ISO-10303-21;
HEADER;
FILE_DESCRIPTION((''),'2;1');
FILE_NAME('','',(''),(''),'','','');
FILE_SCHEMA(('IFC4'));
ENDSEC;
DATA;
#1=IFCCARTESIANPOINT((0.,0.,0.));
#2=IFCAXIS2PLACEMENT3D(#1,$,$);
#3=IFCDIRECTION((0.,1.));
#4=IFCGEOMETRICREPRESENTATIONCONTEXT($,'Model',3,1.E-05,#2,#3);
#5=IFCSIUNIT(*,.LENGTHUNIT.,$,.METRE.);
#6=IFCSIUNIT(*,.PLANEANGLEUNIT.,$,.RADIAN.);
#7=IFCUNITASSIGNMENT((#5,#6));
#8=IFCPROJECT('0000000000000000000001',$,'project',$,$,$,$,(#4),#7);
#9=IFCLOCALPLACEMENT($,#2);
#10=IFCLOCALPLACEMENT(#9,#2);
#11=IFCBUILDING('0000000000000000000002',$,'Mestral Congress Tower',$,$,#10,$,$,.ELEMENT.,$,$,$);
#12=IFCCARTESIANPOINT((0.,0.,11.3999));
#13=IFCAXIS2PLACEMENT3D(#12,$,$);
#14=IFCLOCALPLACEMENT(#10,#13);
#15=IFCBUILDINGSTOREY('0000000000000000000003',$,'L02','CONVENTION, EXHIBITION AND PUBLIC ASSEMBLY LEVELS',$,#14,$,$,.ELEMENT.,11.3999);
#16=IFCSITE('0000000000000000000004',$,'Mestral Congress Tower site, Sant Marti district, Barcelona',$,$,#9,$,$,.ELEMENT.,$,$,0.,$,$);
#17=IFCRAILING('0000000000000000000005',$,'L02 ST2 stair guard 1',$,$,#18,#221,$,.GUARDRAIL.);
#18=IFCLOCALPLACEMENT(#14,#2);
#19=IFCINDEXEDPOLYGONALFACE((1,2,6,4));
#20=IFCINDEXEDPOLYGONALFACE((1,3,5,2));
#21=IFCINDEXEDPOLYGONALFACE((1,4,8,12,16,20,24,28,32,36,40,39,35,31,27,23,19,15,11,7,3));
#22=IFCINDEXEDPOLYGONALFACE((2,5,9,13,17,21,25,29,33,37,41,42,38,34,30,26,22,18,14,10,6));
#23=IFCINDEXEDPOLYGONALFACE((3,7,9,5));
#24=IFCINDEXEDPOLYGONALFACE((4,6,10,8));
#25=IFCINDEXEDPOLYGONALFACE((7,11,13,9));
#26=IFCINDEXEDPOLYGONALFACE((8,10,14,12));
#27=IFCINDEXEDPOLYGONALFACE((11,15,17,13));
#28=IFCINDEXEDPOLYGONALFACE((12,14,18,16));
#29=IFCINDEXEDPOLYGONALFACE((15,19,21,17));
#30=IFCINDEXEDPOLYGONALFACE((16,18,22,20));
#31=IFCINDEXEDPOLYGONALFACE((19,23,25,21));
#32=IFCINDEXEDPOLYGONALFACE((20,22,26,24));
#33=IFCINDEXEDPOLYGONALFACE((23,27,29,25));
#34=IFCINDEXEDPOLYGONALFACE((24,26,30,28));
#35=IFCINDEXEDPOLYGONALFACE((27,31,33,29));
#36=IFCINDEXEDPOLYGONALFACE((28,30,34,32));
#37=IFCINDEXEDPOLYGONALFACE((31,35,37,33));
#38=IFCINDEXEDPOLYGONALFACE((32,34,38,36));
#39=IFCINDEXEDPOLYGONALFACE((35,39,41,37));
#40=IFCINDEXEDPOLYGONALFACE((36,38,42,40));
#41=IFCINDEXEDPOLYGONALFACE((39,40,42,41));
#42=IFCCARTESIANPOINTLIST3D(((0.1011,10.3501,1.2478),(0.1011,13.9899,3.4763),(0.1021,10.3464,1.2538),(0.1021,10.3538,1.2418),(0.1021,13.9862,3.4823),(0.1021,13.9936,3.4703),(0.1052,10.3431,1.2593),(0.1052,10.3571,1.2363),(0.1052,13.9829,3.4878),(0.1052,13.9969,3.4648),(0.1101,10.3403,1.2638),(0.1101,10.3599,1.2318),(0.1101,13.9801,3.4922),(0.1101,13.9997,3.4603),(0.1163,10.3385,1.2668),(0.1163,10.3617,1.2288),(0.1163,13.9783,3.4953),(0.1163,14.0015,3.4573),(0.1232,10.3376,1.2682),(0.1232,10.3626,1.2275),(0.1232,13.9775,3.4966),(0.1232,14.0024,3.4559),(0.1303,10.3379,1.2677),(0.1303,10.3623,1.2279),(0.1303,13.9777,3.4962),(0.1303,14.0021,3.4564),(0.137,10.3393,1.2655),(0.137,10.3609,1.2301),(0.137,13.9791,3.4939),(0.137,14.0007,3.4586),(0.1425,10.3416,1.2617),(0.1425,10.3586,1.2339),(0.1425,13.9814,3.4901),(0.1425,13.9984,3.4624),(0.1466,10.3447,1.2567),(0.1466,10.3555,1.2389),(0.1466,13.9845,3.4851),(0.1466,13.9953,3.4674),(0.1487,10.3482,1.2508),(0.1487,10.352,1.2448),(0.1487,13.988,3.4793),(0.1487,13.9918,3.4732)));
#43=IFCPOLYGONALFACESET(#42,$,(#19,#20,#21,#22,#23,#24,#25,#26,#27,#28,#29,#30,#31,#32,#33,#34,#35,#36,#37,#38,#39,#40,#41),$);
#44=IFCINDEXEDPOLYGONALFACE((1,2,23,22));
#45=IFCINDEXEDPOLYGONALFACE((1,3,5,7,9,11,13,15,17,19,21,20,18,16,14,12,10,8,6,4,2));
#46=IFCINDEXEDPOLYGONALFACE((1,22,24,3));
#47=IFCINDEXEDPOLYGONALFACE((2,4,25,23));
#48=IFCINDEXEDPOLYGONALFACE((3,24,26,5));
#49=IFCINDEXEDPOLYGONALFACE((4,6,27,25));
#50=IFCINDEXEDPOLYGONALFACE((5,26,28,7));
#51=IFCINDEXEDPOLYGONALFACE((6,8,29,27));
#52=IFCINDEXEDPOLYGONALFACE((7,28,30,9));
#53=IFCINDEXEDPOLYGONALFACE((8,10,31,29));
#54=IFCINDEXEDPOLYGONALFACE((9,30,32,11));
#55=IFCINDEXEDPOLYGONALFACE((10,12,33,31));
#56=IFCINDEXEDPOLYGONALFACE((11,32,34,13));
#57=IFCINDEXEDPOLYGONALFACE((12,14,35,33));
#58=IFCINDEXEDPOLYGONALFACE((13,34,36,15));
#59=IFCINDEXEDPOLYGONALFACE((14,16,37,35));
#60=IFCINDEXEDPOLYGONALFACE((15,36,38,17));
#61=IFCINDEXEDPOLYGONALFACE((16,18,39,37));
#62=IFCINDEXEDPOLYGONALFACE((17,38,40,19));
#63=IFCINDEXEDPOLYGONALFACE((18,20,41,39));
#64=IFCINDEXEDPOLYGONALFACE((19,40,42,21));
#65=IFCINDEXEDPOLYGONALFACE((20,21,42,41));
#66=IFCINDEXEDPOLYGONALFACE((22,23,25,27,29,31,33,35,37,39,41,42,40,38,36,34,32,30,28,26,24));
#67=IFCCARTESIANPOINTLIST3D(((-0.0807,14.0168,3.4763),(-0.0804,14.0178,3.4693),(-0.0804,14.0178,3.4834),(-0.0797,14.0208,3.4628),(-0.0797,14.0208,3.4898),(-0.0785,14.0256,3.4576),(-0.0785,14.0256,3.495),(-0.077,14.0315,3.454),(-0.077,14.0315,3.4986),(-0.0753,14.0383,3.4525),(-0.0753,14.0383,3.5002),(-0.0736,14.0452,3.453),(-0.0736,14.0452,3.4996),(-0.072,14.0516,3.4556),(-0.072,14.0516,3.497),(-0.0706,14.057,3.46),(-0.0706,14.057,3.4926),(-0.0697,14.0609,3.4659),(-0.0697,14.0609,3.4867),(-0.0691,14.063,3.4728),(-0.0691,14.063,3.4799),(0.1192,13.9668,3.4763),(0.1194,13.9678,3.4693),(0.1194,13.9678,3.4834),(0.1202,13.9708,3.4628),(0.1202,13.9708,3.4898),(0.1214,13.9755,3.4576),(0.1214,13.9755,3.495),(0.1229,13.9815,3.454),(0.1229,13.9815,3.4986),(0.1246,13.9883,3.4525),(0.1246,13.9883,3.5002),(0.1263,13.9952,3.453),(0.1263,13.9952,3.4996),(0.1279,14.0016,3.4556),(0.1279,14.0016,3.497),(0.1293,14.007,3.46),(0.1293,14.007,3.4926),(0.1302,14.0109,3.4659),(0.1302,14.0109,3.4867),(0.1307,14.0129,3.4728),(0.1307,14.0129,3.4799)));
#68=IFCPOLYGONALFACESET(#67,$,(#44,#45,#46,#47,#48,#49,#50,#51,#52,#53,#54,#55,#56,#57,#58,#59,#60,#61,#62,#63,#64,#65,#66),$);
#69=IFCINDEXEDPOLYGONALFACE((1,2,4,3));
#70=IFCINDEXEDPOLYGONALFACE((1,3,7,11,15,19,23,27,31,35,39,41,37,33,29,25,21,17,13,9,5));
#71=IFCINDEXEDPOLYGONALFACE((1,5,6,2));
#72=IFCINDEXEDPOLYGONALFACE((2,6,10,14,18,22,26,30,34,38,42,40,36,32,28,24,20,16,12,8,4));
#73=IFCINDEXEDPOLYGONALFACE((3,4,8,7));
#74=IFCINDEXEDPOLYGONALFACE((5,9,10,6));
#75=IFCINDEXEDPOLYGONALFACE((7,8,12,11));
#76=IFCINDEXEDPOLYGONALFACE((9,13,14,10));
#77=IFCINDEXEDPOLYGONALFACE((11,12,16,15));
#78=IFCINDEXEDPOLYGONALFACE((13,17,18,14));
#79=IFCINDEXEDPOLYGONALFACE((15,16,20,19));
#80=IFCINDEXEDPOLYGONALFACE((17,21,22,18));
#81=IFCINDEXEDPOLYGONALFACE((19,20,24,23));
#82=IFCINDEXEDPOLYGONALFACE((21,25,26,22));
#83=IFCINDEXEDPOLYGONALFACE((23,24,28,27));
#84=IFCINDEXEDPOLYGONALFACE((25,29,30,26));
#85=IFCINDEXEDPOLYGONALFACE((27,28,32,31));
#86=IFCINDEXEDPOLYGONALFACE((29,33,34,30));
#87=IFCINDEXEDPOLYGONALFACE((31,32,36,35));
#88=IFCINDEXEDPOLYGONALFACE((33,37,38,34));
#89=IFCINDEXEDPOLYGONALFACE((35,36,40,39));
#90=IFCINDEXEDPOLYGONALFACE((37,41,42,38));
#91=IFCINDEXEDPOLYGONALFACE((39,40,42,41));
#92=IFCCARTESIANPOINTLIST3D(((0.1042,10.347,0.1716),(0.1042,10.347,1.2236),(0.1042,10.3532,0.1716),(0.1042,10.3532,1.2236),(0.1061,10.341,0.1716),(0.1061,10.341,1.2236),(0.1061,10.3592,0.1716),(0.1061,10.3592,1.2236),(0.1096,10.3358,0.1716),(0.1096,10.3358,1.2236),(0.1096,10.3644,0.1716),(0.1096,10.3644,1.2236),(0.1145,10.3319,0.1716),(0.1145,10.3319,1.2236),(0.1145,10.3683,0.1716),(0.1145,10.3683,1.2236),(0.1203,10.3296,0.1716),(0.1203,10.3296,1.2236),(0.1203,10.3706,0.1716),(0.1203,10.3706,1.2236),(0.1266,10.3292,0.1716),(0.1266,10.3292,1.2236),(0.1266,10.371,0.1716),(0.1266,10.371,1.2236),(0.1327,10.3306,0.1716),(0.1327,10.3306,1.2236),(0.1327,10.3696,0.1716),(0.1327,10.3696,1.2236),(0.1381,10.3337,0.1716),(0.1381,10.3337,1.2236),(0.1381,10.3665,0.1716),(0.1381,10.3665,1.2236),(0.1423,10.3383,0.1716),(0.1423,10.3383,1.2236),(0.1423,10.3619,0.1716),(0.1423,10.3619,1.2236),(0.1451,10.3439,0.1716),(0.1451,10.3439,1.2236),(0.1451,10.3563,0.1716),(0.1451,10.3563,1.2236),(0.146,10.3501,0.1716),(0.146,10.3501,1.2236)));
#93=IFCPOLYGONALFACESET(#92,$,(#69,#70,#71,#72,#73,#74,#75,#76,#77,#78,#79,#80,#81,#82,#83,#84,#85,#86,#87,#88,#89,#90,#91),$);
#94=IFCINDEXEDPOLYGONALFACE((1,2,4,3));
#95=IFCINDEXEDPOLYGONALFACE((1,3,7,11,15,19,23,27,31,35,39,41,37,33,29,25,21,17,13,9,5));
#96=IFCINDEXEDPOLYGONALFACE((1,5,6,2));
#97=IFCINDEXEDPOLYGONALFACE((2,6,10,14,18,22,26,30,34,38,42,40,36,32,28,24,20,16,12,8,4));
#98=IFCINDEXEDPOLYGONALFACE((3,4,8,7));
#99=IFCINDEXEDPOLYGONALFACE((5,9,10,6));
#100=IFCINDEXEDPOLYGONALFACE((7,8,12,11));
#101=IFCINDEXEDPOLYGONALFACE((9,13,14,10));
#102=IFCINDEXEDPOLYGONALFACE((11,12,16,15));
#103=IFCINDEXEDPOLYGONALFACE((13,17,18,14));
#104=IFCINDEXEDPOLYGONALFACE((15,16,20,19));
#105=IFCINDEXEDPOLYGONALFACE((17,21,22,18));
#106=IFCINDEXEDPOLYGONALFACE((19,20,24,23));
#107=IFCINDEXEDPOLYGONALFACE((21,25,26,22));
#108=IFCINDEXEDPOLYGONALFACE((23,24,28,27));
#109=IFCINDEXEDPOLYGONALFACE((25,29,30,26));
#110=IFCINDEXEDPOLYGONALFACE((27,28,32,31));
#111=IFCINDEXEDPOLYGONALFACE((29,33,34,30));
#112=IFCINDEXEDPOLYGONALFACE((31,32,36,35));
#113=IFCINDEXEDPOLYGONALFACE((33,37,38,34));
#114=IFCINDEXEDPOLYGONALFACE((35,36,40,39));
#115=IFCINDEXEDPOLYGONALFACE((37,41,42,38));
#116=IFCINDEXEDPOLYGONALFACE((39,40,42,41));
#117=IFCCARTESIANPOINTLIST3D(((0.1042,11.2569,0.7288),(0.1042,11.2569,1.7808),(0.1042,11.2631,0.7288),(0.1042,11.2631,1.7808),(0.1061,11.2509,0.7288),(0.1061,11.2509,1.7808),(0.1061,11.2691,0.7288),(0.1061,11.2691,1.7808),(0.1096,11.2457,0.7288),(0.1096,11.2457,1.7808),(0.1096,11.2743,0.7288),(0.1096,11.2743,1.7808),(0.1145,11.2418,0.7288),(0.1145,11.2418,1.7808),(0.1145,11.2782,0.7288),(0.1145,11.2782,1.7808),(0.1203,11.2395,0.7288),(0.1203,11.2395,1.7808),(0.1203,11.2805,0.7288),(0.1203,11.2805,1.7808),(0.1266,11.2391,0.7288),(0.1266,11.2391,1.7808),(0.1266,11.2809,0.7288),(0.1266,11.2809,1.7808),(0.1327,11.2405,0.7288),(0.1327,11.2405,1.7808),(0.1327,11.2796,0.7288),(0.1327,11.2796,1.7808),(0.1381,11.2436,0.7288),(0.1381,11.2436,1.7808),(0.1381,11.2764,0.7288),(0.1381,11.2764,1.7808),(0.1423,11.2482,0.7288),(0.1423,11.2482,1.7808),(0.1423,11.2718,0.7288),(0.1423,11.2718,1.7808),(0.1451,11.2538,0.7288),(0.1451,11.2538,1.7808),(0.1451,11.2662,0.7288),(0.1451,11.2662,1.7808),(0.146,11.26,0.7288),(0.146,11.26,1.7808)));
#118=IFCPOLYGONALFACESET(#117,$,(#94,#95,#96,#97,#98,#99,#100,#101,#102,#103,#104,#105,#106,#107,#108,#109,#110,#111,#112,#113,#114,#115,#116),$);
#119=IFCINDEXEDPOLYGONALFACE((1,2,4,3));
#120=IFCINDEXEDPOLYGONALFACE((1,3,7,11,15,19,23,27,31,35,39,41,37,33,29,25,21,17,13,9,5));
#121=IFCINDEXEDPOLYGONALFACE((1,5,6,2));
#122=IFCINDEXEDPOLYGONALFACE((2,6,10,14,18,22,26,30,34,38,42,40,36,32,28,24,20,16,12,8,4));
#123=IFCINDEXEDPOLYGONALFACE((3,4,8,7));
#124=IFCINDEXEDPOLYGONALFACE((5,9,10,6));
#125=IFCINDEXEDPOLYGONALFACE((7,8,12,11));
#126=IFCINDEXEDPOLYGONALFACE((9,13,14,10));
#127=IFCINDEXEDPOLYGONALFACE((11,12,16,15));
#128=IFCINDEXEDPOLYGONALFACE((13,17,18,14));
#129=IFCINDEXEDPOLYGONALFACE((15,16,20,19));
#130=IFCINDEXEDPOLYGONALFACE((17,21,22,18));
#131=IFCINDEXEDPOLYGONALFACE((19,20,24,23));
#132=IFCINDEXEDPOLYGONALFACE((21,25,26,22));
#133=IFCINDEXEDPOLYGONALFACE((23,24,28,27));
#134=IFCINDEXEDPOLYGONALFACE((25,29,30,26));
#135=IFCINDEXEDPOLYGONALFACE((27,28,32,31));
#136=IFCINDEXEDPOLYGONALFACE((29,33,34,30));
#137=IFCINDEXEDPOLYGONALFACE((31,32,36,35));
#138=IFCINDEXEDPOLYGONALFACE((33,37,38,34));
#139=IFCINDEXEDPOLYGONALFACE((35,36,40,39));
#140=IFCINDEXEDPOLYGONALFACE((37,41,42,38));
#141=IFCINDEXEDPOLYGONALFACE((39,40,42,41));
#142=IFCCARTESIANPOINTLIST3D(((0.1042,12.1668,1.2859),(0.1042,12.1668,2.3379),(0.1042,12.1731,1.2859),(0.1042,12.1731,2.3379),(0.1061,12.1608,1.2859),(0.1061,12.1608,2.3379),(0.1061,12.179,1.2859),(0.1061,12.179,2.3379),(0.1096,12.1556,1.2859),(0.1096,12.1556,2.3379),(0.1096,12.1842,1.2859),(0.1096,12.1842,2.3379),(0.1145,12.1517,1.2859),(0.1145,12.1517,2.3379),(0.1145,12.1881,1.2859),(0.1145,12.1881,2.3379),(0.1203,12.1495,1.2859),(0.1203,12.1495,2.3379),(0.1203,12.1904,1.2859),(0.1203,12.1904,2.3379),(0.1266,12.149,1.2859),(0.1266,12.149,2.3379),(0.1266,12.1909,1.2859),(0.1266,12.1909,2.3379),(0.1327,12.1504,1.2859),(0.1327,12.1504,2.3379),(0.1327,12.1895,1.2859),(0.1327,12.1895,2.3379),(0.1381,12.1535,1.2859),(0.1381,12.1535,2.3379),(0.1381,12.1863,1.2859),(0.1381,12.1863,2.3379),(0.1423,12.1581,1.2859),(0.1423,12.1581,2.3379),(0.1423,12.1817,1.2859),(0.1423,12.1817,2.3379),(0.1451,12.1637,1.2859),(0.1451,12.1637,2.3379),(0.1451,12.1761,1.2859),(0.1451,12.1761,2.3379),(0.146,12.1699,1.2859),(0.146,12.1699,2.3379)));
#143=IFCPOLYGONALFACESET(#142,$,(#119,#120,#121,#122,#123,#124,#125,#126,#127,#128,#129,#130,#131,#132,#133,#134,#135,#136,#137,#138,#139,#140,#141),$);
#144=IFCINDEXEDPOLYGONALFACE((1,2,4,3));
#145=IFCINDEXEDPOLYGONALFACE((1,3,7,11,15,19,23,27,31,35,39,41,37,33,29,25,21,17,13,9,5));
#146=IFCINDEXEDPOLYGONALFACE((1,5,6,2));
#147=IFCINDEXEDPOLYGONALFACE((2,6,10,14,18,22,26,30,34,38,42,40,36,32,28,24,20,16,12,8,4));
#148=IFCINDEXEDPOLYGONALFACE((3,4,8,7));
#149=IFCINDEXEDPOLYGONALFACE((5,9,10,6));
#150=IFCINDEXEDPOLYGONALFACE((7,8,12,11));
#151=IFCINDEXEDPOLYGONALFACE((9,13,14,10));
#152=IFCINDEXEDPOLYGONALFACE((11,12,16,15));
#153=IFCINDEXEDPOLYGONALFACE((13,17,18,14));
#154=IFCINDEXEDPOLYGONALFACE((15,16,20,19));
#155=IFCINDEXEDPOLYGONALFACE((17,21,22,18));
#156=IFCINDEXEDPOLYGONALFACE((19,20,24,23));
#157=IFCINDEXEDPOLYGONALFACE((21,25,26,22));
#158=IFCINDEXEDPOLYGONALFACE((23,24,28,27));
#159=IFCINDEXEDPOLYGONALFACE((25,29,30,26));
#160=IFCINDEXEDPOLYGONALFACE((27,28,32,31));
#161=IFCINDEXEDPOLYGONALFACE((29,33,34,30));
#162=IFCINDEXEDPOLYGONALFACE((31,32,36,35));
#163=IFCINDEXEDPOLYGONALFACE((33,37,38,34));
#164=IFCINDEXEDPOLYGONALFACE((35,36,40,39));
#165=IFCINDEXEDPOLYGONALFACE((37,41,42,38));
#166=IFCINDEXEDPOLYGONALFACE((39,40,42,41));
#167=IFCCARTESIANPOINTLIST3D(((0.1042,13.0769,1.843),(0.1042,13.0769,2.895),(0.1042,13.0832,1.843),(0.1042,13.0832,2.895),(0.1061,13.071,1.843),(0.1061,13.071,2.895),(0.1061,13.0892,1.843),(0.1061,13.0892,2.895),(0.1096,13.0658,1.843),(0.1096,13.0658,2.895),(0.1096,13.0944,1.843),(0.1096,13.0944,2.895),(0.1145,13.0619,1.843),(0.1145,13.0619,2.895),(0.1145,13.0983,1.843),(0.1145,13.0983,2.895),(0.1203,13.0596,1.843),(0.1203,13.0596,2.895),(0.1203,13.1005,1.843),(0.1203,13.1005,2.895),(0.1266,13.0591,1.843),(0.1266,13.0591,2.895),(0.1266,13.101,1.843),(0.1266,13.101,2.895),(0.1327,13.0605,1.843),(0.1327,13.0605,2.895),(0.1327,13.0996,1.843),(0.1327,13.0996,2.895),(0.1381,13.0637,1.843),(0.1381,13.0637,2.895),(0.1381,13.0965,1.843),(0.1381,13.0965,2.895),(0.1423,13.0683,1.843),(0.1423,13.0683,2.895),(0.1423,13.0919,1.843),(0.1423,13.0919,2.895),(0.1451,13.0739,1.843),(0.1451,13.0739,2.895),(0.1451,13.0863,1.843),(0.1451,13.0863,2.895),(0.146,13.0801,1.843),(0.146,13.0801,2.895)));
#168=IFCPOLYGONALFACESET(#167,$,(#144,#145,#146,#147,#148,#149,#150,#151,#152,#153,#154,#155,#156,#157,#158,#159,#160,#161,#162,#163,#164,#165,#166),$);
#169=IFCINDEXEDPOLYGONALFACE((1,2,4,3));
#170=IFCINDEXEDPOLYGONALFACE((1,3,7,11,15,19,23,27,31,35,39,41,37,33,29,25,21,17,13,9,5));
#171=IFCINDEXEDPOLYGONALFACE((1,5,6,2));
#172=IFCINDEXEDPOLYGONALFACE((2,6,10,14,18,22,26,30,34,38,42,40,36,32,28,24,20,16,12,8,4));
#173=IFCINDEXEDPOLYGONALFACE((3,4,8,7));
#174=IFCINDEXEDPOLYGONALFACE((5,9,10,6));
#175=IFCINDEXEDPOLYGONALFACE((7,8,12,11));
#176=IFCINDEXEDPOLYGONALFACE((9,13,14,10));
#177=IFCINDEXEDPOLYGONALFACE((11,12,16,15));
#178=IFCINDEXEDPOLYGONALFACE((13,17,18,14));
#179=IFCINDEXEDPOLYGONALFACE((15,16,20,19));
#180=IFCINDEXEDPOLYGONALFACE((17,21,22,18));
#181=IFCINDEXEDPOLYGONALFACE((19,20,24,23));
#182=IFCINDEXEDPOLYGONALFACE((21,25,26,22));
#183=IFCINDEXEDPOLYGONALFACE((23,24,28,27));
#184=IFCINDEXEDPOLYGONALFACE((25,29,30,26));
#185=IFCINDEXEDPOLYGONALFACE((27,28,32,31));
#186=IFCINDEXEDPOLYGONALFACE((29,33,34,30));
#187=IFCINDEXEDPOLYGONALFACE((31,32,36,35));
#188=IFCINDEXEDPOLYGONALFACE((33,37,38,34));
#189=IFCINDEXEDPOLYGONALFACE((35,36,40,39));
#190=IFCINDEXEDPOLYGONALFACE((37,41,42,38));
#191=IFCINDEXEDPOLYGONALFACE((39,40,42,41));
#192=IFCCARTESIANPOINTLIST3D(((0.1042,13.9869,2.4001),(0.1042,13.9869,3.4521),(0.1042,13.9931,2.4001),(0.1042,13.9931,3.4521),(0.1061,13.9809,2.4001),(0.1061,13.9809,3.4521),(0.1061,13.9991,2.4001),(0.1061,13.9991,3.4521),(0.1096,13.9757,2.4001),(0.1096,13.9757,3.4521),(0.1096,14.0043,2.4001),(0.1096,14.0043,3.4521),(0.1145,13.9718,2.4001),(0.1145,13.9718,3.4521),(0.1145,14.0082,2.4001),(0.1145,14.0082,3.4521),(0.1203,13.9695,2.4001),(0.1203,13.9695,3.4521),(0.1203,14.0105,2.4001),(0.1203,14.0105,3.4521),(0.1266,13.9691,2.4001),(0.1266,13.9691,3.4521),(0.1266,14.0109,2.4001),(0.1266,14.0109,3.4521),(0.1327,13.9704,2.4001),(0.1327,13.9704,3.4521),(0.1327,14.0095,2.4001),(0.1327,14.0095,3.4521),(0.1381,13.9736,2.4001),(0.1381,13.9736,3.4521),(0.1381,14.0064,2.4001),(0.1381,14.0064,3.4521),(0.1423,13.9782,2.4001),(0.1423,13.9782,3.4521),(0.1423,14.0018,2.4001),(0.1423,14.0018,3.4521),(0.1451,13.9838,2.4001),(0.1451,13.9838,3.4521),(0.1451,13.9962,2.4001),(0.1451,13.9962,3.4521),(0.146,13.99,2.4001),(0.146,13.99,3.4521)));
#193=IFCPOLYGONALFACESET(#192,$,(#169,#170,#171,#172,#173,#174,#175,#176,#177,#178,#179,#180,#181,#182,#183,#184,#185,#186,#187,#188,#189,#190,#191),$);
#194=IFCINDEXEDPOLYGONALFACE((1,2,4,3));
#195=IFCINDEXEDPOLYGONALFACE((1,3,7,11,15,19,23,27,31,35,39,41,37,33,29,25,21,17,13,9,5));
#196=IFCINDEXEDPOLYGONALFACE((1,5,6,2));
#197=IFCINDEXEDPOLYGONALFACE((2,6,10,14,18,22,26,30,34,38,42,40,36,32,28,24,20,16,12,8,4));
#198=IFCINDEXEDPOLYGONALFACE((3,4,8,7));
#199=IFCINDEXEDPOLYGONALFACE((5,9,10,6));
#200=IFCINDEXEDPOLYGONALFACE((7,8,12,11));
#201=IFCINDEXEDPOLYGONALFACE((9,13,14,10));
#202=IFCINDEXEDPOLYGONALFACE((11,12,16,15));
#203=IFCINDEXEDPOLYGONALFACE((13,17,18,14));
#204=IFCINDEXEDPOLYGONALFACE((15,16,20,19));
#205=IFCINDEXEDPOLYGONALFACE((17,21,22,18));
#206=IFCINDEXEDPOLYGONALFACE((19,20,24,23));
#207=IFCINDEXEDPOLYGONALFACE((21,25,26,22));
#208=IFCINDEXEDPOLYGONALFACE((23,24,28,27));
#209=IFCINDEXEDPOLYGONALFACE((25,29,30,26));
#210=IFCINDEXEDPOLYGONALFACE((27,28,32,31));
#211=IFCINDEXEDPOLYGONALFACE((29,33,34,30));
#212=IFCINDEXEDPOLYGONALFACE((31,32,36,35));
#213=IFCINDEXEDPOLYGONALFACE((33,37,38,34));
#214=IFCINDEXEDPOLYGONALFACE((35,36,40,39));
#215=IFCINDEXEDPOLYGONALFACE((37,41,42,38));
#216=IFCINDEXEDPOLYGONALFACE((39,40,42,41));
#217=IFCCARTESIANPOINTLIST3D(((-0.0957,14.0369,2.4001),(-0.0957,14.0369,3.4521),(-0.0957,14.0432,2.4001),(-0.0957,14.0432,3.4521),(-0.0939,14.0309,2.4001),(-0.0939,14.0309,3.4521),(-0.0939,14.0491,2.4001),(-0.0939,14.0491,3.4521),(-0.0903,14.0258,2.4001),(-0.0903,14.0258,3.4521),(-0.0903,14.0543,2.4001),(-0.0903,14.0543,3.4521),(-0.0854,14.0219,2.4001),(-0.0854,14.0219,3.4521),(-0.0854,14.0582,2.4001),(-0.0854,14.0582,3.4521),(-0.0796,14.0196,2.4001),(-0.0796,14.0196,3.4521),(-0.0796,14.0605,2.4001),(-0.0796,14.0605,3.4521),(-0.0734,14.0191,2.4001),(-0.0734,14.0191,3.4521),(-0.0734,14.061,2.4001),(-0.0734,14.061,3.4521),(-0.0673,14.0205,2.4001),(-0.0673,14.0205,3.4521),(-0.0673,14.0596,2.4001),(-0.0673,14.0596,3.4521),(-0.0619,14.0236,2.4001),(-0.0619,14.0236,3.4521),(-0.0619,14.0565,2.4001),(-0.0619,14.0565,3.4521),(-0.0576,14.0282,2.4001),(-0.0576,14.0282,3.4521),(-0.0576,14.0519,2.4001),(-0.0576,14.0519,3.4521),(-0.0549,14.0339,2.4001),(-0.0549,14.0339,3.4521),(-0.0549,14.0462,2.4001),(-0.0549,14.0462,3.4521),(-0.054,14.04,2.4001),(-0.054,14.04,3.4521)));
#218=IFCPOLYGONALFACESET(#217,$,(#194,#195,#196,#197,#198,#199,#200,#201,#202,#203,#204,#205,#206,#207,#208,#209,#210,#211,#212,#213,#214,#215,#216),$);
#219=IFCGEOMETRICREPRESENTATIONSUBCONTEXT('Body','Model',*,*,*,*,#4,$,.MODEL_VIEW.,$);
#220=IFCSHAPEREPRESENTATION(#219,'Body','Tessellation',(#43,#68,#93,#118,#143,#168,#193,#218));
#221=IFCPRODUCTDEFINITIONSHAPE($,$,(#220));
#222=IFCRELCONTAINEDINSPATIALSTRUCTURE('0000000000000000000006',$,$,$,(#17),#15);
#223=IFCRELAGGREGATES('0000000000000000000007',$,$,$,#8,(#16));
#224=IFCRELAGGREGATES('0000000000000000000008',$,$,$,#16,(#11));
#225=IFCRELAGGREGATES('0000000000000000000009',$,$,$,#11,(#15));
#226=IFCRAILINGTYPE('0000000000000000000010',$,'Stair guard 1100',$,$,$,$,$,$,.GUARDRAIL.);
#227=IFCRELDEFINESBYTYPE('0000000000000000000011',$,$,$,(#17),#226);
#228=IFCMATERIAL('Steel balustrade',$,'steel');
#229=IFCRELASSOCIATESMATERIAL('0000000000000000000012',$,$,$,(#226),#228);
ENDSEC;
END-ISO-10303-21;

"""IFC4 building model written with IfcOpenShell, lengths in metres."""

from ifc_helpers import new_model, si_unit, direction, frame, origin, origin_2d, place, context, subcontext, project, spatial, circle, extrude, material, type_object, element, save


model = new_model("IFC4")

# Units and contexts
model_context = context("Model", 3, precision=1e-05, world=origin(), true_north=direction((0.0, 1.0)))
body_context = subcontext(model_context, "Body", "Model", "MODEL_VIEW")
ifc_project = project(units=[si_unit("LENGTHUNIT", "METRE"), si_unit("PLANEANGLEUNIT", "RADIAN")], contexts=[model_context])

# Site, building, storey
site_placement = place(None, origin())
site = spatial("IfcSite", under=ifc_project, at=site_placement, Name="Mestral Congress Tower site, Sant Marti district, Barcelona", CompositionType="ELEMENT", RefElevation=0.0)
building_placement = place(site_placement, origin())
building = spatial("IfcBuilding", under=site, at=building_placement, Name="Mestral Congress Tower", CompositionType="ELEMENT")
storey_placement = place(building_placement, frame((0.0, 0.0, 11.3999)))
storey = spatial("IfcBuildingStorey", under=building, at=storey_placement, Name="L02", Description="CONVENTION, EXHIBITION AND PUBLIC ASSEMBLY LEVELS", CompositionType="ELEMENT", Elevation=11.3999)

# Railing
ifc_material_1 = material(Name="Steel balustrade", Category="steel")
railing_type_1 = type_object("IfcRailingType", Name="Stair guard 1100", PredefinedType="GUARDRAIL", material=ifc_material_1)
railing_1_placement = place(storey_placement, frame((0.125, 10.3501, 0.1716)))
element("IfcRailing", 1, at=railing_1_placement, inside=storey, type_object=railing_type_1, Name="L02 ST2 stair guard 1", PredefinedType="GUARDRAIL", context=body_context, shape_type="SweptSolid", body=[
    extrude(circle(Radius=0.0239, at=origin_2d()), frame((0.0, 0.0, 1.0762), z_axis=(0.0, 0.85285, 0.522156), x_axis=(-1.0, 0.0, 0.0)), (0.0, 0.0, 1.0), 4.2678),
    extrude(circle(Radius=0.0239, at=origin_2d()), frame((0.0, 3.6399, 3.3047), z_axis=(-0.970073, 0.242814, 0.0), x_axis=(-0.242814, -0.970073, 0.0)), (0.0, 0.0, 1.0), 0.2061),
    extrude(circle(Radius=0.021, at=origin_2d()), origin(), (0.0, 0.0, 1.0), 1.052),
    extrude(circle(Radius=0.021, at=origin_2d()), frame((0.0, 0.9099, 0.5571)), (0.0, 0.0, 1.0), 1.052),
    extrude(circle(Radius=0.021, at=origin_2d()), frame((0.0, 1.8198, 1.1143)), (0.0, 0.0, 1.0), 1.052),
    extrude(circle(Radius=0.021, at=origin_2d()), frame((0.0, 2.73, 1.6714)), (0.0, 0.0, 1.0), 1.052),
    extrude(circle(Radius=0.021, at=origin_2d()), frame((0.0, 3.6399, 2.2285)), (0.0, 0.0, 1.0), 1.052),
    extrude(circle(Radius=0.021, at=origin_2d()), frame((-0.2, 3.6899, 2.2285)), (0.0, 0.0, 1.0), 1.052),
])

save(model, "model.ifc")
